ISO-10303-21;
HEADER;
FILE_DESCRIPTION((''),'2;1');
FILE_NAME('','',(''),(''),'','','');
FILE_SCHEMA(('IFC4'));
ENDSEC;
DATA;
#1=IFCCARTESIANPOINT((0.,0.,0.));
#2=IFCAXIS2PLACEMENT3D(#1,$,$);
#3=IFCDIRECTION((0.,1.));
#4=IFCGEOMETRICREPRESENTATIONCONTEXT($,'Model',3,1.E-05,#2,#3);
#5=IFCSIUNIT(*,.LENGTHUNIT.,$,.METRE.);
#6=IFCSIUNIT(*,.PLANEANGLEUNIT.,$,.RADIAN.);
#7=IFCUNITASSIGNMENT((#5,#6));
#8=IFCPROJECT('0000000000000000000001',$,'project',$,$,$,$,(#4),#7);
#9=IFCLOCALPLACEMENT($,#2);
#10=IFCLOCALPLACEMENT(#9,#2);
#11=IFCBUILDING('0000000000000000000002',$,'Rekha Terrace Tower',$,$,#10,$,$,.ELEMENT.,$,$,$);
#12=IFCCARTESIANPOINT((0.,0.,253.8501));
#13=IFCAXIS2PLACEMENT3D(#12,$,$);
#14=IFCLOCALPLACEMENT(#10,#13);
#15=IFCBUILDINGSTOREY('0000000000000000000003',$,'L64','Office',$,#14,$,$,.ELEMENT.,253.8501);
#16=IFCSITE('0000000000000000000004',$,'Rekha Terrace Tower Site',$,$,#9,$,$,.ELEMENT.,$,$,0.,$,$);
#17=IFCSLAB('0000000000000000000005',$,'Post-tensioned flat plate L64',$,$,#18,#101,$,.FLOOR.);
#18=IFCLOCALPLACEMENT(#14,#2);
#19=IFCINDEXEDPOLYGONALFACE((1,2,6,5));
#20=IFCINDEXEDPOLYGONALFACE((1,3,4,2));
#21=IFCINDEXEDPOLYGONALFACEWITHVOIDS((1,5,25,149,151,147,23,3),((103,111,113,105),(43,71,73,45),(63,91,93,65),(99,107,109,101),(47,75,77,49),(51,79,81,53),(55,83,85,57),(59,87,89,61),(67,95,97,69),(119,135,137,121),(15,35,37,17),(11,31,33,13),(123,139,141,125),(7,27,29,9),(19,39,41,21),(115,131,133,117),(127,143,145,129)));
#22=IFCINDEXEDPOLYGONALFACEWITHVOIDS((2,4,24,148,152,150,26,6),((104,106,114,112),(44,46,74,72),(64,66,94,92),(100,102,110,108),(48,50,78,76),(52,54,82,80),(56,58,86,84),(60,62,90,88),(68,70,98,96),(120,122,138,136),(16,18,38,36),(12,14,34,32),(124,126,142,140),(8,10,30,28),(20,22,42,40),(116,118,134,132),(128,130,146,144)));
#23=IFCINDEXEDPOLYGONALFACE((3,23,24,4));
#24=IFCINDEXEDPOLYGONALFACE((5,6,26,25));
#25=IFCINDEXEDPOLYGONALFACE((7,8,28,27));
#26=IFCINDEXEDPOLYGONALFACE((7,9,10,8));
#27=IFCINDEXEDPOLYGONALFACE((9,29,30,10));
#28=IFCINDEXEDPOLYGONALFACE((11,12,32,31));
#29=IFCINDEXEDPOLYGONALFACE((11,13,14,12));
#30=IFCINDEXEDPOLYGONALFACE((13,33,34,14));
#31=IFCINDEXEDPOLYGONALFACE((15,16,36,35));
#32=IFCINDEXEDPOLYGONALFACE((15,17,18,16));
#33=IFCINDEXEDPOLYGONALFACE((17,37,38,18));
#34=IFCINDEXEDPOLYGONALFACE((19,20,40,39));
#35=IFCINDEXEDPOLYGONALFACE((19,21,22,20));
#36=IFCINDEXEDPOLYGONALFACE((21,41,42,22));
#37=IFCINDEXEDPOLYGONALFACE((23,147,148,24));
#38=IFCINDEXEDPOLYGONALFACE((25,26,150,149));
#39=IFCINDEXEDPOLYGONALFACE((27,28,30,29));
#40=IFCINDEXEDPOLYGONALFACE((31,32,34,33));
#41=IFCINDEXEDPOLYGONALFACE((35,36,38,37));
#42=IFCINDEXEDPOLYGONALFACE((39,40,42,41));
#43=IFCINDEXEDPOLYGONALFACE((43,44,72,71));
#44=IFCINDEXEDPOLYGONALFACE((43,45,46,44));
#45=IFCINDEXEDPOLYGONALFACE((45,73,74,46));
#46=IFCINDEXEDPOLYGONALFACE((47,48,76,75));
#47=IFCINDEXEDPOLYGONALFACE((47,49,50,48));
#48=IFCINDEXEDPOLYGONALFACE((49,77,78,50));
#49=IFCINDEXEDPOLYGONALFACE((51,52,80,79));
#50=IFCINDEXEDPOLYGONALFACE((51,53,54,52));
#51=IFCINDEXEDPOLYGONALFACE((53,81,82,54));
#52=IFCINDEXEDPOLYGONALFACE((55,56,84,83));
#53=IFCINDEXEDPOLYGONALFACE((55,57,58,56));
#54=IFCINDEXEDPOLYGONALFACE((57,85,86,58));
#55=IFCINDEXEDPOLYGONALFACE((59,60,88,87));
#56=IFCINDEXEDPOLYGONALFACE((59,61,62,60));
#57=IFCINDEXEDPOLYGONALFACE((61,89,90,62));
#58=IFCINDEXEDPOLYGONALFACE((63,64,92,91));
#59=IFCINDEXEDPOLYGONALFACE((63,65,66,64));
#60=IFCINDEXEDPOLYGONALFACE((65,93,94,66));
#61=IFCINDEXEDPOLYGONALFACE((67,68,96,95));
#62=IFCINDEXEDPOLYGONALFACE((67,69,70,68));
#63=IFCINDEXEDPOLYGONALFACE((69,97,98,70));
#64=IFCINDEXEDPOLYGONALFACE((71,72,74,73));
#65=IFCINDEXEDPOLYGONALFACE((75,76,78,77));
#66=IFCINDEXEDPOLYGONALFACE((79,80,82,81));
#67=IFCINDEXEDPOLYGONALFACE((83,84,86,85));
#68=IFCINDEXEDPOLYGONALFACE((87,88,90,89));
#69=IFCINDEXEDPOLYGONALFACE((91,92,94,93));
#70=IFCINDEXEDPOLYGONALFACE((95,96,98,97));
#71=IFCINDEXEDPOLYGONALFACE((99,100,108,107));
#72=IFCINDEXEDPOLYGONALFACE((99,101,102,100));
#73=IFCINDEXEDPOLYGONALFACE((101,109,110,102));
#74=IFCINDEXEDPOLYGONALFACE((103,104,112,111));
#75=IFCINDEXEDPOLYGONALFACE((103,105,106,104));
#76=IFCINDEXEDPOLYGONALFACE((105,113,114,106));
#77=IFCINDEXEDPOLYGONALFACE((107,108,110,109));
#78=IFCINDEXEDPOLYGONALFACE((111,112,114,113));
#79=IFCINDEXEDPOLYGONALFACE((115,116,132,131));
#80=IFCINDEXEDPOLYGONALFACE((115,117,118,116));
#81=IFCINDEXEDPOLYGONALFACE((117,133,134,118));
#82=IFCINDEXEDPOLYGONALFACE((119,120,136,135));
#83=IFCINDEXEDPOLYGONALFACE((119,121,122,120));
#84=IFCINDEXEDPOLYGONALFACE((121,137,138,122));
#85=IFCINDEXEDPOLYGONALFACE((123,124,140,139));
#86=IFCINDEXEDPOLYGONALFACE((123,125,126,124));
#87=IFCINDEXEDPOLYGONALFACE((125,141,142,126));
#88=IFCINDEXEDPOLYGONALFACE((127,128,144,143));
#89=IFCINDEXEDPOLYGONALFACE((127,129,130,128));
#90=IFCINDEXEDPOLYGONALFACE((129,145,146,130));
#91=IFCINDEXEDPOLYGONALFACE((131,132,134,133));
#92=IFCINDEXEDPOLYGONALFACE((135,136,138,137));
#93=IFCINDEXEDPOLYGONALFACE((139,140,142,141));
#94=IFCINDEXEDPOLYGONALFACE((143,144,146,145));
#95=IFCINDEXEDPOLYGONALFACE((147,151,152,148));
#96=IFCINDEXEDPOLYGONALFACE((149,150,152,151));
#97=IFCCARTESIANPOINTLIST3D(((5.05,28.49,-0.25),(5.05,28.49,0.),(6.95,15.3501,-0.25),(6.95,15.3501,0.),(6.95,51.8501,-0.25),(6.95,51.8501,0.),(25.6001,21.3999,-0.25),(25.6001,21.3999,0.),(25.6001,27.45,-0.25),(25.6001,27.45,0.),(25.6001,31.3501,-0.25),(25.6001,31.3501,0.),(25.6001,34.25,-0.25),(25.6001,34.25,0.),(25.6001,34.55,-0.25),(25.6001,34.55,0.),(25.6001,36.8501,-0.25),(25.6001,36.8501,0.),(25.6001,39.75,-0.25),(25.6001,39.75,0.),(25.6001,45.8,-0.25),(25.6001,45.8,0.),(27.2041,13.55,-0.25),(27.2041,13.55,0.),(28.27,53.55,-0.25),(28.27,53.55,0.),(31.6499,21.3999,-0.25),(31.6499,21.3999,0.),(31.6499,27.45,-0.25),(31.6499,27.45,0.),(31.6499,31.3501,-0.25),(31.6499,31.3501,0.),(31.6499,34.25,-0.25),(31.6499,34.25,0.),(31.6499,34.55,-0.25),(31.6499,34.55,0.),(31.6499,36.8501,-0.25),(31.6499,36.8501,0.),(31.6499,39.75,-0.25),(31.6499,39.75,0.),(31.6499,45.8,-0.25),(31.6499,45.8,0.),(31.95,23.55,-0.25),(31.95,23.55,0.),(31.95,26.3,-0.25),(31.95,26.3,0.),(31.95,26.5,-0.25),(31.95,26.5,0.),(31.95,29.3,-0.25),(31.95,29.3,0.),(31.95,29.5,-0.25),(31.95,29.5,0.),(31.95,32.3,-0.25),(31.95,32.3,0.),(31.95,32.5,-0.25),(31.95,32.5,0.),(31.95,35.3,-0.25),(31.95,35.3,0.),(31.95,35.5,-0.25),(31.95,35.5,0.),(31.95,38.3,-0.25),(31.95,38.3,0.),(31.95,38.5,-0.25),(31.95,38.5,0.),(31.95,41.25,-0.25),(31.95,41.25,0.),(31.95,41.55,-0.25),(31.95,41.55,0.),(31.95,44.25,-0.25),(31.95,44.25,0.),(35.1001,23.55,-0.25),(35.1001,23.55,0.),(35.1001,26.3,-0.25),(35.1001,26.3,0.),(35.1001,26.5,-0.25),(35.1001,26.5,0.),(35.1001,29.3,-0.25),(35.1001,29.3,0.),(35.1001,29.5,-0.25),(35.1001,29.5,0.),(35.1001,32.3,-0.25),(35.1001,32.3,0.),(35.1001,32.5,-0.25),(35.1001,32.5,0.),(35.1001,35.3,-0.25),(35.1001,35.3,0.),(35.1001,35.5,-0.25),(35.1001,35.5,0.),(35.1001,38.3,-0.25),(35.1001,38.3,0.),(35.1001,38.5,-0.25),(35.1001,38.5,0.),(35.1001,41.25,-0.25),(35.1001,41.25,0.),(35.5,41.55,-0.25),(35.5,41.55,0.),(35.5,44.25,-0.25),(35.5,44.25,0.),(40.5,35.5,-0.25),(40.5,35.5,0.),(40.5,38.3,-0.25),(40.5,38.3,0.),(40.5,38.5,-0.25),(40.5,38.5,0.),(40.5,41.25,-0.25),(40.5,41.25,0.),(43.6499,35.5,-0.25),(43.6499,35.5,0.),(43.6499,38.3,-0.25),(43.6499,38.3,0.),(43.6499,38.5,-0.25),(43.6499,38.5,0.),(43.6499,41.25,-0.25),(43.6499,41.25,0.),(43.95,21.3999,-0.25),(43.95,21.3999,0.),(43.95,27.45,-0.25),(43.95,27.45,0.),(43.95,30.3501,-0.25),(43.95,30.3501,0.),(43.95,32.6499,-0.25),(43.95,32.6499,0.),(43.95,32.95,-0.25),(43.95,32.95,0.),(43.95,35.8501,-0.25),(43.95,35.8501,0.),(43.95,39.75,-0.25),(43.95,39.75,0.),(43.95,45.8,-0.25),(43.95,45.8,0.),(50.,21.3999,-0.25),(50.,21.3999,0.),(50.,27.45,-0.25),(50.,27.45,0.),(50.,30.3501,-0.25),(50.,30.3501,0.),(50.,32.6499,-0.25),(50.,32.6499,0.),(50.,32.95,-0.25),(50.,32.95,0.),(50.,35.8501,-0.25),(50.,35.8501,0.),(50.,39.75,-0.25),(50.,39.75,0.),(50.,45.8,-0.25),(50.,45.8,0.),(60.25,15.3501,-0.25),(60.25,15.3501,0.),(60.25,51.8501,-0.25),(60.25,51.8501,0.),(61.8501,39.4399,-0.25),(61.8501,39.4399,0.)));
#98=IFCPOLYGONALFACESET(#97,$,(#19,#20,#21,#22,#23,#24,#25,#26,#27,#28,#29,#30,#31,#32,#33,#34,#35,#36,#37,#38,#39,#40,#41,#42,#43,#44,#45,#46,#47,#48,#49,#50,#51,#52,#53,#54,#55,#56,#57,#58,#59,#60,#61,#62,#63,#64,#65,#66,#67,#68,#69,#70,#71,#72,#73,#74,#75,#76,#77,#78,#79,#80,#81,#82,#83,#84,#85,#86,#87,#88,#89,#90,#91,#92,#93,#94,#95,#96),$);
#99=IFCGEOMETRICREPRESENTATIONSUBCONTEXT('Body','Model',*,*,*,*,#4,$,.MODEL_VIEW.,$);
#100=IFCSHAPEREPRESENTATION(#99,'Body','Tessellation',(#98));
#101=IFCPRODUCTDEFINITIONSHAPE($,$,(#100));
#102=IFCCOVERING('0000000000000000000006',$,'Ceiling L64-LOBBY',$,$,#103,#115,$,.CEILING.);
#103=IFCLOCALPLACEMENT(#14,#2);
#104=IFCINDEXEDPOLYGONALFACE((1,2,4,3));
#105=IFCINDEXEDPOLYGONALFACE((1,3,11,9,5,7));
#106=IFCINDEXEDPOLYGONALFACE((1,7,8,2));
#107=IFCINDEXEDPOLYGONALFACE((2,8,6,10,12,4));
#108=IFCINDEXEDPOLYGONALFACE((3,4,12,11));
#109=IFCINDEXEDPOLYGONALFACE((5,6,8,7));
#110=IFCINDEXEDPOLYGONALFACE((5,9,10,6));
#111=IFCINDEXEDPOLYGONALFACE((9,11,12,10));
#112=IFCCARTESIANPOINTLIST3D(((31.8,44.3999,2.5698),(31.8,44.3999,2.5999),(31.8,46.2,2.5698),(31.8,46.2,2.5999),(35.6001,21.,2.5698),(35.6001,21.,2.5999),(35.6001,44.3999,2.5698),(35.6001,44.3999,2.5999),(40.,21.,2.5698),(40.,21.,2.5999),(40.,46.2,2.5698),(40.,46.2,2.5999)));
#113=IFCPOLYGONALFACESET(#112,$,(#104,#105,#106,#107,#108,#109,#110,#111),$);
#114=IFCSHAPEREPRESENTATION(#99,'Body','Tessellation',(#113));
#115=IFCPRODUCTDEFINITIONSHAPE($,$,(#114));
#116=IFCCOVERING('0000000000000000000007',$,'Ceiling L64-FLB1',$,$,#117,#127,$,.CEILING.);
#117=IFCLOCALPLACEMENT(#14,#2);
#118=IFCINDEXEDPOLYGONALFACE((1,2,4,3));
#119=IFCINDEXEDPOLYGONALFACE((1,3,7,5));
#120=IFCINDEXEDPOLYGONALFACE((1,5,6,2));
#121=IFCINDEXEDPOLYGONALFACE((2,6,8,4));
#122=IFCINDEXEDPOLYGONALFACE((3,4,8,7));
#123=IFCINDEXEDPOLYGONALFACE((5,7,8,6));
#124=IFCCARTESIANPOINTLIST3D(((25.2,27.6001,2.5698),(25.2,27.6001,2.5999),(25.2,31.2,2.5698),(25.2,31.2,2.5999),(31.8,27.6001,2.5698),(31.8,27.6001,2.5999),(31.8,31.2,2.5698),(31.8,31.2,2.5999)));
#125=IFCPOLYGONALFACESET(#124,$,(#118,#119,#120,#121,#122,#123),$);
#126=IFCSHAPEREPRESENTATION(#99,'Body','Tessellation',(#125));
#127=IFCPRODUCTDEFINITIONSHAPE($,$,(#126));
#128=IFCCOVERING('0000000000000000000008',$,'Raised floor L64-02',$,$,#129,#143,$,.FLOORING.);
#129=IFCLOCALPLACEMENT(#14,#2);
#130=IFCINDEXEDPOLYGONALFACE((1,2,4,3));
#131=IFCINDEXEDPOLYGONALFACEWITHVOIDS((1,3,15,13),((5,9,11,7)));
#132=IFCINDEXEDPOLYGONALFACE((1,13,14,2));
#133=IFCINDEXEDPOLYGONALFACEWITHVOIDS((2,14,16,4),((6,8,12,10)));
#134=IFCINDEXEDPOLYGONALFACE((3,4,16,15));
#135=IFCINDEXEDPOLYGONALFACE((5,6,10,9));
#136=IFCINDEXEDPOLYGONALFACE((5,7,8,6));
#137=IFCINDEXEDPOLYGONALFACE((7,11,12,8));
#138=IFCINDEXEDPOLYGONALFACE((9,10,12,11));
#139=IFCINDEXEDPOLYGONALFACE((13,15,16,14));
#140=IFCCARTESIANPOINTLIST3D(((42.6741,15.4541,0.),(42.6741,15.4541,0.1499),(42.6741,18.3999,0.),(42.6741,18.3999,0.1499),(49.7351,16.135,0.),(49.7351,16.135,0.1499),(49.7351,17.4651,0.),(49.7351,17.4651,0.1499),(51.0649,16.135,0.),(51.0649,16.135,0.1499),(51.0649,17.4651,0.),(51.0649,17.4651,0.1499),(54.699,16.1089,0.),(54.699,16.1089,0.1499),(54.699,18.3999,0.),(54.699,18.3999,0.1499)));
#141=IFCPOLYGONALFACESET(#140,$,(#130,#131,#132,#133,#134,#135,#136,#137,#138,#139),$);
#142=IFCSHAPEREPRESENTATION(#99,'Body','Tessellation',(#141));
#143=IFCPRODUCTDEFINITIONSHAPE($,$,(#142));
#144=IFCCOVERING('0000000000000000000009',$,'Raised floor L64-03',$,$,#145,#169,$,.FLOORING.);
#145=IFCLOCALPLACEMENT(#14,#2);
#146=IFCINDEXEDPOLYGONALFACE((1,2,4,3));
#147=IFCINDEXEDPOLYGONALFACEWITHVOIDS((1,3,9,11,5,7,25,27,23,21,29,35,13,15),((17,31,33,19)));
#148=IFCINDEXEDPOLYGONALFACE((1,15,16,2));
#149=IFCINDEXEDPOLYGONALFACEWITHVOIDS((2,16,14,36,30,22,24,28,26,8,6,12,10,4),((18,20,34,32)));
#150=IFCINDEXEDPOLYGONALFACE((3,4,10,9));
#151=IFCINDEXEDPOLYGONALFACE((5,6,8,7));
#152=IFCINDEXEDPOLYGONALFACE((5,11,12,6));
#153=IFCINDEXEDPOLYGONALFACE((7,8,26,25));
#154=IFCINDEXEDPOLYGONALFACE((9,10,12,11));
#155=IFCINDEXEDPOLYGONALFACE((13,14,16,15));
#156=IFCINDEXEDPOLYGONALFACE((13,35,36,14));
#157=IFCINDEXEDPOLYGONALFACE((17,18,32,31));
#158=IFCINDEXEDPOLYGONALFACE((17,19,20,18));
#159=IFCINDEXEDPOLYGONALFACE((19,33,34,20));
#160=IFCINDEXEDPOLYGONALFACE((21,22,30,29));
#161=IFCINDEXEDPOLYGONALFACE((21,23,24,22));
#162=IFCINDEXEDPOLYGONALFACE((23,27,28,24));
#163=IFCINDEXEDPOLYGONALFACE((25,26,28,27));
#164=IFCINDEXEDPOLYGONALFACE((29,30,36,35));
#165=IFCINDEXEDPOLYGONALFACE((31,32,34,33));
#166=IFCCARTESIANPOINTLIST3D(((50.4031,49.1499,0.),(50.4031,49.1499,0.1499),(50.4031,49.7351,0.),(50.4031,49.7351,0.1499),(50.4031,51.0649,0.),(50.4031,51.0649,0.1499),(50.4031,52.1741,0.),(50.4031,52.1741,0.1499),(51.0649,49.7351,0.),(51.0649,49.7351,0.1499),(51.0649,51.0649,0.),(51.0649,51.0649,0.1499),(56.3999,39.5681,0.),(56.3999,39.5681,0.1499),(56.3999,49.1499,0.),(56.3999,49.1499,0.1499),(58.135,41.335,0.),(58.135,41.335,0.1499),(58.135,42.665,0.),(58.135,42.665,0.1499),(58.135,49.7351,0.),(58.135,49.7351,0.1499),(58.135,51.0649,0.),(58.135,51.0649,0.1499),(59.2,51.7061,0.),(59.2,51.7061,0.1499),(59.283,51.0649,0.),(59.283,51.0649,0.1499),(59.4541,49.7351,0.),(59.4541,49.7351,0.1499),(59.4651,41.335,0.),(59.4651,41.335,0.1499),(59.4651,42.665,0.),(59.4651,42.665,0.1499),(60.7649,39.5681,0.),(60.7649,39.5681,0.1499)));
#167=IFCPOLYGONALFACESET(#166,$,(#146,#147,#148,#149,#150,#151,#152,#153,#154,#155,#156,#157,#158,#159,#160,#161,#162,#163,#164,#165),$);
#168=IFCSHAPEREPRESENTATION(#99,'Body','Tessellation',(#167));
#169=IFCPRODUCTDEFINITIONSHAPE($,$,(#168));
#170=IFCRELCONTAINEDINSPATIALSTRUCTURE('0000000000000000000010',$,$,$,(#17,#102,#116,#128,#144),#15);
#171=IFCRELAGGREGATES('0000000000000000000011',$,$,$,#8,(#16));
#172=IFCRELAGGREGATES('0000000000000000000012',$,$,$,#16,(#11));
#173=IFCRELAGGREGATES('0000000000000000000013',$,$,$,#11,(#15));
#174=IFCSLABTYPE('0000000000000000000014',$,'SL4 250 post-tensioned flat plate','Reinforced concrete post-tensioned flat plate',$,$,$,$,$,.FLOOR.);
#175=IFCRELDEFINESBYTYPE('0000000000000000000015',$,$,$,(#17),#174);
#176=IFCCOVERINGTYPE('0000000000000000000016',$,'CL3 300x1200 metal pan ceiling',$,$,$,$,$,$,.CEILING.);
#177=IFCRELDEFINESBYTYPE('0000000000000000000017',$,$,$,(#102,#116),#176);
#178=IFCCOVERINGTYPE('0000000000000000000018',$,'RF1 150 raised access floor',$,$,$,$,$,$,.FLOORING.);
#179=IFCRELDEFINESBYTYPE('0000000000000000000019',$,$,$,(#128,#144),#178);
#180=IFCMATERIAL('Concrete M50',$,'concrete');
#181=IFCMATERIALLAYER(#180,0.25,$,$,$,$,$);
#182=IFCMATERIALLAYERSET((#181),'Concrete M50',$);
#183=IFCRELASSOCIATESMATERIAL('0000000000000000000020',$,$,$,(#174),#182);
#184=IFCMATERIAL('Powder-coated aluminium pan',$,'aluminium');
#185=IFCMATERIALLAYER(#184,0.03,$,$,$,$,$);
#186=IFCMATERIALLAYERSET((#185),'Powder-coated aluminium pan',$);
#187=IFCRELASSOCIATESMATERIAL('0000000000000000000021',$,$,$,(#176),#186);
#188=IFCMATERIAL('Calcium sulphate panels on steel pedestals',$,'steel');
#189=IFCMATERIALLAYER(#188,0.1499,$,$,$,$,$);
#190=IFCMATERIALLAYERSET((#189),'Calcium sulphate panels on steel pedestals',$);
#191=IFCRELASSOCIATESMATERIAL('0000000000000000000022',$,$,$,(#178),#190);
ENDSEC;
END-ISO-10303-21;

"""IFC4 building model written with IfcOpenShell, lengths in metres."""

from ifc_helpers import new_model, si_unit, direction, frame, origin, place, context, subcontext, project, spatial, polyline, outline, extrude, material, layer, layer_set, type_object, element, save


model = new_model("IFC4")

# Units and contexts
model_context = context("Model", 3, precision=1e-05, world=origin(), true_north=direction((0.0, 1.0)))
body_context = subcontext(model_context, "Body", "Model", "MODEL_VIEW")
ifc_project = project(units=[si_unit("LENGTHUNIT", "METRE"), si_unit("PLANEANGLEUNIT", "RADIAN")], contexts=[model_context])

# Site, building, storey
site_placement = place(None, origin())
site = spatial("IfcSite", under=ifc_project, at=site_placement, Name="Rekha Terrace Tower Site", CompositionType="ELEMENT", RefElevation=0.0)
building_placement = place(site_placement, origin())
building = spatial("IfcBuilding", under=site, at=building_placement, Name="Rekha Terrace Tower", CompositionType="ELEMENT")
storey_placement = place(building_placement, frame((0.0, 0.0, 253.8501)))
storey = spatial("IfcBuildingStorey", under=building, at=storey_placement, Name="L64", Description="Office", CompositionType="ELEMENT", Elevation=253.8501)

# Slab
ifc_material_1 = material(Name="Concrete M50", Category="concrete")
ifc_layer_1 = layer(ifc_material_1, 0.25)
ifc_layer_set_1 = layer_set([ifc_layer_1], Name="Concrete M50")
slab_type_1 = type_object("IfcSlabType", Name="SL4 250 post-tensioned flat plate", Description="Reinforced concrete post-tensioned flat plate", PredefinedType="FLOOR", material=ifc_layer_set_1)
slab_1_placement = place(storey_placement, frame((0.0, 0.0, -0.25)))
element("IfcSlab", 1, at=slab_1_placement, inside=storey, type_object=slab_type_1, Name="Post-tensioned flat plate L64", PredefinedType="FLOOR", context=body_context, shape_type="SweptSolid", body=[
    extrude(outline(polyline([(5.05, 28.49), (6.95, 15.3501), (27.2041, 13.55), (60.25, 15.3501), (61.8501, 39.4399), (60.25, 51.8501), (28.27, 53.55), (6.95, 51.8501), (5.05, 28.49)]), holes=[polyline([(31.6499, 27.45), (31.6499, 21.3999), (25.6001, 21.3999), (25.6001, 27.45), (31.6499, 27.45)]), polyline([(35.1001, 26.3), (35.1001, 23.55), (31.95, 23.55), (31.95, 26.3), (35.1001, 26.3)]), polyline([(35.1001, 29.3), (35.1001, 26.5), (31.95, 26.5), (31.95, 29.3), (35.1001, 29.3)]), polyline([(35.1001, 32.3), (35.1001, 29.5), (31.95, 29.5), (31.95, 32.3), (35.1001, 32.3)]), polyline([(31.6499, 34.25), (31.6499, 31.3501), (25.6001, 31.3501), (25.6001, 34.25), (31.6499, 34.25)]), polyline([(35.1001, 35.3), (35.1001, 32.5), (31.95, 32.5), (31.95, 35.3), (35.1001, 35.3)]), polyline([(31.6499, 36.8501), (31.6499, 34.55), (25.6001, 34.55), (25.6001, 36.8501), (31.6499, 36.8501)]), polyline([(35.1001, 38.3), (35.1001, 35.5), (31.95, 35.5), (31.95, 38.3), (35.1001, 38.3)]), polyline([(31.6499, 45.8), (31.6499, 39.75), (25.6001, 39.75), (25.6001, 45.8), (31.6499, 45.8)]), polyline([(50.0, 27.45), (50.0, 21.3999), (43.95, 21.3999), (43.95, 27.45), (50.0, 27.45)]), polyline([(50.0, 32.6499), (50.0, 30.3501), (43.95, 30.3501), (43.95, 32.6499), (50.0, 32.6499)]), polyline([(50.0, 35.8501), (50.0, 32.95), (43.95, 32.95), (43.95, 35.8501), (50.0, 35.8501)]), polyline([(43.6499, 38.3), (43.6499, 35.5), (40.5, 35.5), (40.5, 38.3), (43.6499, 38.3)]), polyline([(35.1001, 41.25), (35.1001, 38.5), (31.95, 38.5), (31.95, 41.25), (35.1001, 41.25)]), polyline([(43.6499, 41.25), (43.6499, 38.5), (40.5, 38.5), (40.5, 41.25), (43.6499, 41.25)]), polyline([(50.0, 39.75), (43.95, 39.75), (43.95, 45.8), (50.0, 45.8), (50.0, 39.75)]), polyline([(35.5, 41.55), (31.95, 41.55), (31.95, 44.25), (35.5, 44.25), (35.5, 41.55)])]), origin(), (0.0, 0.0, 1.0), 0.25),
])

# Coverings
ifc_material_2 = material(Name="Powder-coated aluminium pan", Category="aluminium")
ifc_layer_2 = layer(ifc_material_2, 0.03)
ifc_layer_set_2 = layer_set([ifc_layer_2], Name="Powder-coated aluminium pan")
covering_type_1 = type_object("IfcCoveringType", Name="CL3 300x1200 metal pan ceiling", PredefinedType="CEILING", material=ifc_layer_set_2)
covering_1_placement = place(storey_placement, frame((0.0, 0.0, 2.5698)))
element("IfcCovering", 2, at=covering_1_placement, inside=storey, type_object=covering_type_1, Name="Ceiling L64-LOBBY", PredefinedType="CEILING", context=body_context, shape_type="SweptSolid", body=[
    extrude(outline(polyline([(35.6001, 44.3999), (35.6001, 21.0), (40.0, 21.0), (40.0, 46.2), (31.8, 46.2), (31.8, 44.3999), (35.6001, 44.3999)])), origin(), (0.0, 0.0, 1.0), 0.03),
])
covering_2_placement = place(storey_placement, frame((0.0, 0.0, 2.5698)))
element("IfcCovering", 3, at=covering_2_placement, inside=storey, type_object=covering_type_1, Name="Ceiling L64-FLB1", PredefinedType="CEILING", context=body_context, shape_type="SweptSolid", body=[
    extrude(outline(polyline([(31.8, 31.2), (25.2, 31.2), (25.2, 27.6001), (31.8, 27.6001), (31.8, 31.2)])), origin(), (0.0, 0.0, 1.0), 0.03),
])
ifc_material_3 = material(Name="Calcium sulphate panels on steel pedestals", Category="steel")
ifc_layer_3 = layer(ifc_material_3, 0.1499)
ifc_layer_set_3 = layer_set([ifc_layer_3], Name="Calcium sulphate panels on steel pedestals")
covering_type_2 = type_object("IfcCoveringType", Name="RF1 150 raised access floor", PredefinedType="FLOORING", material=ifc_layer_set_3)
covering_3_placement = place(storey_placement, origin())
element("IfcCovering", 4, at=covering_3_placement, inside=storey, type_object=covering_type_2, Name="Raised floor L64-02", PredefinedType="FLOORING", context=body_context, shape_type="SweptSolid", body=[
    extrude(outline(polyline([(54.699, 18.3999), (42.6741, 18.3999), (42.6741, 15.4541), (54.699, 16.1089), (54.699, 18.3999)]), holes=[polyline([(51.0649, 16.135), (49.7351, 16.135), (49.7351, 17.4651), (51.0649, 17.4651), (51.0649, 16.135)])]), origin(), (0.0, 0.0, 1.0), 0.1499),
])
covering_4_placement = place(storey_placement, origin())
element("IfcCovering", 5, at=covering_4_placement, inside=storey, type_object=covering_type_2, Name="Raised floor L64-03", PredefinedType="FLOORING", context=body_context, shape_type="SweptSolid", body=[
    extrude(outline(polyline([(51.0649, 49.7351), (50.4031, 49.7351), (50.4031, 49.1499), (56.3999, 49.1499), (56.3999, 39.5681), (60.7649, 39.5681), (59.4541, 49.7351), (58.135, 49.7351), (58.135, 51.0649), (59.283, 51.0649), (59.2, 51.7061), (50.4031, 52.1741), (50.4031, 51.0649), (51.0649, 51.0649), (51.0649, 49.7351)]), holes=[polyline([(59.4651, 41.335), (58.135, 41.335), (58.135, 42.665), (59.4651, 42.665), (59.4651, 41.335)])]), origin(), (0.0, 0.0, 1.0), 0.1499),
])

save(model, "model.ifc")
